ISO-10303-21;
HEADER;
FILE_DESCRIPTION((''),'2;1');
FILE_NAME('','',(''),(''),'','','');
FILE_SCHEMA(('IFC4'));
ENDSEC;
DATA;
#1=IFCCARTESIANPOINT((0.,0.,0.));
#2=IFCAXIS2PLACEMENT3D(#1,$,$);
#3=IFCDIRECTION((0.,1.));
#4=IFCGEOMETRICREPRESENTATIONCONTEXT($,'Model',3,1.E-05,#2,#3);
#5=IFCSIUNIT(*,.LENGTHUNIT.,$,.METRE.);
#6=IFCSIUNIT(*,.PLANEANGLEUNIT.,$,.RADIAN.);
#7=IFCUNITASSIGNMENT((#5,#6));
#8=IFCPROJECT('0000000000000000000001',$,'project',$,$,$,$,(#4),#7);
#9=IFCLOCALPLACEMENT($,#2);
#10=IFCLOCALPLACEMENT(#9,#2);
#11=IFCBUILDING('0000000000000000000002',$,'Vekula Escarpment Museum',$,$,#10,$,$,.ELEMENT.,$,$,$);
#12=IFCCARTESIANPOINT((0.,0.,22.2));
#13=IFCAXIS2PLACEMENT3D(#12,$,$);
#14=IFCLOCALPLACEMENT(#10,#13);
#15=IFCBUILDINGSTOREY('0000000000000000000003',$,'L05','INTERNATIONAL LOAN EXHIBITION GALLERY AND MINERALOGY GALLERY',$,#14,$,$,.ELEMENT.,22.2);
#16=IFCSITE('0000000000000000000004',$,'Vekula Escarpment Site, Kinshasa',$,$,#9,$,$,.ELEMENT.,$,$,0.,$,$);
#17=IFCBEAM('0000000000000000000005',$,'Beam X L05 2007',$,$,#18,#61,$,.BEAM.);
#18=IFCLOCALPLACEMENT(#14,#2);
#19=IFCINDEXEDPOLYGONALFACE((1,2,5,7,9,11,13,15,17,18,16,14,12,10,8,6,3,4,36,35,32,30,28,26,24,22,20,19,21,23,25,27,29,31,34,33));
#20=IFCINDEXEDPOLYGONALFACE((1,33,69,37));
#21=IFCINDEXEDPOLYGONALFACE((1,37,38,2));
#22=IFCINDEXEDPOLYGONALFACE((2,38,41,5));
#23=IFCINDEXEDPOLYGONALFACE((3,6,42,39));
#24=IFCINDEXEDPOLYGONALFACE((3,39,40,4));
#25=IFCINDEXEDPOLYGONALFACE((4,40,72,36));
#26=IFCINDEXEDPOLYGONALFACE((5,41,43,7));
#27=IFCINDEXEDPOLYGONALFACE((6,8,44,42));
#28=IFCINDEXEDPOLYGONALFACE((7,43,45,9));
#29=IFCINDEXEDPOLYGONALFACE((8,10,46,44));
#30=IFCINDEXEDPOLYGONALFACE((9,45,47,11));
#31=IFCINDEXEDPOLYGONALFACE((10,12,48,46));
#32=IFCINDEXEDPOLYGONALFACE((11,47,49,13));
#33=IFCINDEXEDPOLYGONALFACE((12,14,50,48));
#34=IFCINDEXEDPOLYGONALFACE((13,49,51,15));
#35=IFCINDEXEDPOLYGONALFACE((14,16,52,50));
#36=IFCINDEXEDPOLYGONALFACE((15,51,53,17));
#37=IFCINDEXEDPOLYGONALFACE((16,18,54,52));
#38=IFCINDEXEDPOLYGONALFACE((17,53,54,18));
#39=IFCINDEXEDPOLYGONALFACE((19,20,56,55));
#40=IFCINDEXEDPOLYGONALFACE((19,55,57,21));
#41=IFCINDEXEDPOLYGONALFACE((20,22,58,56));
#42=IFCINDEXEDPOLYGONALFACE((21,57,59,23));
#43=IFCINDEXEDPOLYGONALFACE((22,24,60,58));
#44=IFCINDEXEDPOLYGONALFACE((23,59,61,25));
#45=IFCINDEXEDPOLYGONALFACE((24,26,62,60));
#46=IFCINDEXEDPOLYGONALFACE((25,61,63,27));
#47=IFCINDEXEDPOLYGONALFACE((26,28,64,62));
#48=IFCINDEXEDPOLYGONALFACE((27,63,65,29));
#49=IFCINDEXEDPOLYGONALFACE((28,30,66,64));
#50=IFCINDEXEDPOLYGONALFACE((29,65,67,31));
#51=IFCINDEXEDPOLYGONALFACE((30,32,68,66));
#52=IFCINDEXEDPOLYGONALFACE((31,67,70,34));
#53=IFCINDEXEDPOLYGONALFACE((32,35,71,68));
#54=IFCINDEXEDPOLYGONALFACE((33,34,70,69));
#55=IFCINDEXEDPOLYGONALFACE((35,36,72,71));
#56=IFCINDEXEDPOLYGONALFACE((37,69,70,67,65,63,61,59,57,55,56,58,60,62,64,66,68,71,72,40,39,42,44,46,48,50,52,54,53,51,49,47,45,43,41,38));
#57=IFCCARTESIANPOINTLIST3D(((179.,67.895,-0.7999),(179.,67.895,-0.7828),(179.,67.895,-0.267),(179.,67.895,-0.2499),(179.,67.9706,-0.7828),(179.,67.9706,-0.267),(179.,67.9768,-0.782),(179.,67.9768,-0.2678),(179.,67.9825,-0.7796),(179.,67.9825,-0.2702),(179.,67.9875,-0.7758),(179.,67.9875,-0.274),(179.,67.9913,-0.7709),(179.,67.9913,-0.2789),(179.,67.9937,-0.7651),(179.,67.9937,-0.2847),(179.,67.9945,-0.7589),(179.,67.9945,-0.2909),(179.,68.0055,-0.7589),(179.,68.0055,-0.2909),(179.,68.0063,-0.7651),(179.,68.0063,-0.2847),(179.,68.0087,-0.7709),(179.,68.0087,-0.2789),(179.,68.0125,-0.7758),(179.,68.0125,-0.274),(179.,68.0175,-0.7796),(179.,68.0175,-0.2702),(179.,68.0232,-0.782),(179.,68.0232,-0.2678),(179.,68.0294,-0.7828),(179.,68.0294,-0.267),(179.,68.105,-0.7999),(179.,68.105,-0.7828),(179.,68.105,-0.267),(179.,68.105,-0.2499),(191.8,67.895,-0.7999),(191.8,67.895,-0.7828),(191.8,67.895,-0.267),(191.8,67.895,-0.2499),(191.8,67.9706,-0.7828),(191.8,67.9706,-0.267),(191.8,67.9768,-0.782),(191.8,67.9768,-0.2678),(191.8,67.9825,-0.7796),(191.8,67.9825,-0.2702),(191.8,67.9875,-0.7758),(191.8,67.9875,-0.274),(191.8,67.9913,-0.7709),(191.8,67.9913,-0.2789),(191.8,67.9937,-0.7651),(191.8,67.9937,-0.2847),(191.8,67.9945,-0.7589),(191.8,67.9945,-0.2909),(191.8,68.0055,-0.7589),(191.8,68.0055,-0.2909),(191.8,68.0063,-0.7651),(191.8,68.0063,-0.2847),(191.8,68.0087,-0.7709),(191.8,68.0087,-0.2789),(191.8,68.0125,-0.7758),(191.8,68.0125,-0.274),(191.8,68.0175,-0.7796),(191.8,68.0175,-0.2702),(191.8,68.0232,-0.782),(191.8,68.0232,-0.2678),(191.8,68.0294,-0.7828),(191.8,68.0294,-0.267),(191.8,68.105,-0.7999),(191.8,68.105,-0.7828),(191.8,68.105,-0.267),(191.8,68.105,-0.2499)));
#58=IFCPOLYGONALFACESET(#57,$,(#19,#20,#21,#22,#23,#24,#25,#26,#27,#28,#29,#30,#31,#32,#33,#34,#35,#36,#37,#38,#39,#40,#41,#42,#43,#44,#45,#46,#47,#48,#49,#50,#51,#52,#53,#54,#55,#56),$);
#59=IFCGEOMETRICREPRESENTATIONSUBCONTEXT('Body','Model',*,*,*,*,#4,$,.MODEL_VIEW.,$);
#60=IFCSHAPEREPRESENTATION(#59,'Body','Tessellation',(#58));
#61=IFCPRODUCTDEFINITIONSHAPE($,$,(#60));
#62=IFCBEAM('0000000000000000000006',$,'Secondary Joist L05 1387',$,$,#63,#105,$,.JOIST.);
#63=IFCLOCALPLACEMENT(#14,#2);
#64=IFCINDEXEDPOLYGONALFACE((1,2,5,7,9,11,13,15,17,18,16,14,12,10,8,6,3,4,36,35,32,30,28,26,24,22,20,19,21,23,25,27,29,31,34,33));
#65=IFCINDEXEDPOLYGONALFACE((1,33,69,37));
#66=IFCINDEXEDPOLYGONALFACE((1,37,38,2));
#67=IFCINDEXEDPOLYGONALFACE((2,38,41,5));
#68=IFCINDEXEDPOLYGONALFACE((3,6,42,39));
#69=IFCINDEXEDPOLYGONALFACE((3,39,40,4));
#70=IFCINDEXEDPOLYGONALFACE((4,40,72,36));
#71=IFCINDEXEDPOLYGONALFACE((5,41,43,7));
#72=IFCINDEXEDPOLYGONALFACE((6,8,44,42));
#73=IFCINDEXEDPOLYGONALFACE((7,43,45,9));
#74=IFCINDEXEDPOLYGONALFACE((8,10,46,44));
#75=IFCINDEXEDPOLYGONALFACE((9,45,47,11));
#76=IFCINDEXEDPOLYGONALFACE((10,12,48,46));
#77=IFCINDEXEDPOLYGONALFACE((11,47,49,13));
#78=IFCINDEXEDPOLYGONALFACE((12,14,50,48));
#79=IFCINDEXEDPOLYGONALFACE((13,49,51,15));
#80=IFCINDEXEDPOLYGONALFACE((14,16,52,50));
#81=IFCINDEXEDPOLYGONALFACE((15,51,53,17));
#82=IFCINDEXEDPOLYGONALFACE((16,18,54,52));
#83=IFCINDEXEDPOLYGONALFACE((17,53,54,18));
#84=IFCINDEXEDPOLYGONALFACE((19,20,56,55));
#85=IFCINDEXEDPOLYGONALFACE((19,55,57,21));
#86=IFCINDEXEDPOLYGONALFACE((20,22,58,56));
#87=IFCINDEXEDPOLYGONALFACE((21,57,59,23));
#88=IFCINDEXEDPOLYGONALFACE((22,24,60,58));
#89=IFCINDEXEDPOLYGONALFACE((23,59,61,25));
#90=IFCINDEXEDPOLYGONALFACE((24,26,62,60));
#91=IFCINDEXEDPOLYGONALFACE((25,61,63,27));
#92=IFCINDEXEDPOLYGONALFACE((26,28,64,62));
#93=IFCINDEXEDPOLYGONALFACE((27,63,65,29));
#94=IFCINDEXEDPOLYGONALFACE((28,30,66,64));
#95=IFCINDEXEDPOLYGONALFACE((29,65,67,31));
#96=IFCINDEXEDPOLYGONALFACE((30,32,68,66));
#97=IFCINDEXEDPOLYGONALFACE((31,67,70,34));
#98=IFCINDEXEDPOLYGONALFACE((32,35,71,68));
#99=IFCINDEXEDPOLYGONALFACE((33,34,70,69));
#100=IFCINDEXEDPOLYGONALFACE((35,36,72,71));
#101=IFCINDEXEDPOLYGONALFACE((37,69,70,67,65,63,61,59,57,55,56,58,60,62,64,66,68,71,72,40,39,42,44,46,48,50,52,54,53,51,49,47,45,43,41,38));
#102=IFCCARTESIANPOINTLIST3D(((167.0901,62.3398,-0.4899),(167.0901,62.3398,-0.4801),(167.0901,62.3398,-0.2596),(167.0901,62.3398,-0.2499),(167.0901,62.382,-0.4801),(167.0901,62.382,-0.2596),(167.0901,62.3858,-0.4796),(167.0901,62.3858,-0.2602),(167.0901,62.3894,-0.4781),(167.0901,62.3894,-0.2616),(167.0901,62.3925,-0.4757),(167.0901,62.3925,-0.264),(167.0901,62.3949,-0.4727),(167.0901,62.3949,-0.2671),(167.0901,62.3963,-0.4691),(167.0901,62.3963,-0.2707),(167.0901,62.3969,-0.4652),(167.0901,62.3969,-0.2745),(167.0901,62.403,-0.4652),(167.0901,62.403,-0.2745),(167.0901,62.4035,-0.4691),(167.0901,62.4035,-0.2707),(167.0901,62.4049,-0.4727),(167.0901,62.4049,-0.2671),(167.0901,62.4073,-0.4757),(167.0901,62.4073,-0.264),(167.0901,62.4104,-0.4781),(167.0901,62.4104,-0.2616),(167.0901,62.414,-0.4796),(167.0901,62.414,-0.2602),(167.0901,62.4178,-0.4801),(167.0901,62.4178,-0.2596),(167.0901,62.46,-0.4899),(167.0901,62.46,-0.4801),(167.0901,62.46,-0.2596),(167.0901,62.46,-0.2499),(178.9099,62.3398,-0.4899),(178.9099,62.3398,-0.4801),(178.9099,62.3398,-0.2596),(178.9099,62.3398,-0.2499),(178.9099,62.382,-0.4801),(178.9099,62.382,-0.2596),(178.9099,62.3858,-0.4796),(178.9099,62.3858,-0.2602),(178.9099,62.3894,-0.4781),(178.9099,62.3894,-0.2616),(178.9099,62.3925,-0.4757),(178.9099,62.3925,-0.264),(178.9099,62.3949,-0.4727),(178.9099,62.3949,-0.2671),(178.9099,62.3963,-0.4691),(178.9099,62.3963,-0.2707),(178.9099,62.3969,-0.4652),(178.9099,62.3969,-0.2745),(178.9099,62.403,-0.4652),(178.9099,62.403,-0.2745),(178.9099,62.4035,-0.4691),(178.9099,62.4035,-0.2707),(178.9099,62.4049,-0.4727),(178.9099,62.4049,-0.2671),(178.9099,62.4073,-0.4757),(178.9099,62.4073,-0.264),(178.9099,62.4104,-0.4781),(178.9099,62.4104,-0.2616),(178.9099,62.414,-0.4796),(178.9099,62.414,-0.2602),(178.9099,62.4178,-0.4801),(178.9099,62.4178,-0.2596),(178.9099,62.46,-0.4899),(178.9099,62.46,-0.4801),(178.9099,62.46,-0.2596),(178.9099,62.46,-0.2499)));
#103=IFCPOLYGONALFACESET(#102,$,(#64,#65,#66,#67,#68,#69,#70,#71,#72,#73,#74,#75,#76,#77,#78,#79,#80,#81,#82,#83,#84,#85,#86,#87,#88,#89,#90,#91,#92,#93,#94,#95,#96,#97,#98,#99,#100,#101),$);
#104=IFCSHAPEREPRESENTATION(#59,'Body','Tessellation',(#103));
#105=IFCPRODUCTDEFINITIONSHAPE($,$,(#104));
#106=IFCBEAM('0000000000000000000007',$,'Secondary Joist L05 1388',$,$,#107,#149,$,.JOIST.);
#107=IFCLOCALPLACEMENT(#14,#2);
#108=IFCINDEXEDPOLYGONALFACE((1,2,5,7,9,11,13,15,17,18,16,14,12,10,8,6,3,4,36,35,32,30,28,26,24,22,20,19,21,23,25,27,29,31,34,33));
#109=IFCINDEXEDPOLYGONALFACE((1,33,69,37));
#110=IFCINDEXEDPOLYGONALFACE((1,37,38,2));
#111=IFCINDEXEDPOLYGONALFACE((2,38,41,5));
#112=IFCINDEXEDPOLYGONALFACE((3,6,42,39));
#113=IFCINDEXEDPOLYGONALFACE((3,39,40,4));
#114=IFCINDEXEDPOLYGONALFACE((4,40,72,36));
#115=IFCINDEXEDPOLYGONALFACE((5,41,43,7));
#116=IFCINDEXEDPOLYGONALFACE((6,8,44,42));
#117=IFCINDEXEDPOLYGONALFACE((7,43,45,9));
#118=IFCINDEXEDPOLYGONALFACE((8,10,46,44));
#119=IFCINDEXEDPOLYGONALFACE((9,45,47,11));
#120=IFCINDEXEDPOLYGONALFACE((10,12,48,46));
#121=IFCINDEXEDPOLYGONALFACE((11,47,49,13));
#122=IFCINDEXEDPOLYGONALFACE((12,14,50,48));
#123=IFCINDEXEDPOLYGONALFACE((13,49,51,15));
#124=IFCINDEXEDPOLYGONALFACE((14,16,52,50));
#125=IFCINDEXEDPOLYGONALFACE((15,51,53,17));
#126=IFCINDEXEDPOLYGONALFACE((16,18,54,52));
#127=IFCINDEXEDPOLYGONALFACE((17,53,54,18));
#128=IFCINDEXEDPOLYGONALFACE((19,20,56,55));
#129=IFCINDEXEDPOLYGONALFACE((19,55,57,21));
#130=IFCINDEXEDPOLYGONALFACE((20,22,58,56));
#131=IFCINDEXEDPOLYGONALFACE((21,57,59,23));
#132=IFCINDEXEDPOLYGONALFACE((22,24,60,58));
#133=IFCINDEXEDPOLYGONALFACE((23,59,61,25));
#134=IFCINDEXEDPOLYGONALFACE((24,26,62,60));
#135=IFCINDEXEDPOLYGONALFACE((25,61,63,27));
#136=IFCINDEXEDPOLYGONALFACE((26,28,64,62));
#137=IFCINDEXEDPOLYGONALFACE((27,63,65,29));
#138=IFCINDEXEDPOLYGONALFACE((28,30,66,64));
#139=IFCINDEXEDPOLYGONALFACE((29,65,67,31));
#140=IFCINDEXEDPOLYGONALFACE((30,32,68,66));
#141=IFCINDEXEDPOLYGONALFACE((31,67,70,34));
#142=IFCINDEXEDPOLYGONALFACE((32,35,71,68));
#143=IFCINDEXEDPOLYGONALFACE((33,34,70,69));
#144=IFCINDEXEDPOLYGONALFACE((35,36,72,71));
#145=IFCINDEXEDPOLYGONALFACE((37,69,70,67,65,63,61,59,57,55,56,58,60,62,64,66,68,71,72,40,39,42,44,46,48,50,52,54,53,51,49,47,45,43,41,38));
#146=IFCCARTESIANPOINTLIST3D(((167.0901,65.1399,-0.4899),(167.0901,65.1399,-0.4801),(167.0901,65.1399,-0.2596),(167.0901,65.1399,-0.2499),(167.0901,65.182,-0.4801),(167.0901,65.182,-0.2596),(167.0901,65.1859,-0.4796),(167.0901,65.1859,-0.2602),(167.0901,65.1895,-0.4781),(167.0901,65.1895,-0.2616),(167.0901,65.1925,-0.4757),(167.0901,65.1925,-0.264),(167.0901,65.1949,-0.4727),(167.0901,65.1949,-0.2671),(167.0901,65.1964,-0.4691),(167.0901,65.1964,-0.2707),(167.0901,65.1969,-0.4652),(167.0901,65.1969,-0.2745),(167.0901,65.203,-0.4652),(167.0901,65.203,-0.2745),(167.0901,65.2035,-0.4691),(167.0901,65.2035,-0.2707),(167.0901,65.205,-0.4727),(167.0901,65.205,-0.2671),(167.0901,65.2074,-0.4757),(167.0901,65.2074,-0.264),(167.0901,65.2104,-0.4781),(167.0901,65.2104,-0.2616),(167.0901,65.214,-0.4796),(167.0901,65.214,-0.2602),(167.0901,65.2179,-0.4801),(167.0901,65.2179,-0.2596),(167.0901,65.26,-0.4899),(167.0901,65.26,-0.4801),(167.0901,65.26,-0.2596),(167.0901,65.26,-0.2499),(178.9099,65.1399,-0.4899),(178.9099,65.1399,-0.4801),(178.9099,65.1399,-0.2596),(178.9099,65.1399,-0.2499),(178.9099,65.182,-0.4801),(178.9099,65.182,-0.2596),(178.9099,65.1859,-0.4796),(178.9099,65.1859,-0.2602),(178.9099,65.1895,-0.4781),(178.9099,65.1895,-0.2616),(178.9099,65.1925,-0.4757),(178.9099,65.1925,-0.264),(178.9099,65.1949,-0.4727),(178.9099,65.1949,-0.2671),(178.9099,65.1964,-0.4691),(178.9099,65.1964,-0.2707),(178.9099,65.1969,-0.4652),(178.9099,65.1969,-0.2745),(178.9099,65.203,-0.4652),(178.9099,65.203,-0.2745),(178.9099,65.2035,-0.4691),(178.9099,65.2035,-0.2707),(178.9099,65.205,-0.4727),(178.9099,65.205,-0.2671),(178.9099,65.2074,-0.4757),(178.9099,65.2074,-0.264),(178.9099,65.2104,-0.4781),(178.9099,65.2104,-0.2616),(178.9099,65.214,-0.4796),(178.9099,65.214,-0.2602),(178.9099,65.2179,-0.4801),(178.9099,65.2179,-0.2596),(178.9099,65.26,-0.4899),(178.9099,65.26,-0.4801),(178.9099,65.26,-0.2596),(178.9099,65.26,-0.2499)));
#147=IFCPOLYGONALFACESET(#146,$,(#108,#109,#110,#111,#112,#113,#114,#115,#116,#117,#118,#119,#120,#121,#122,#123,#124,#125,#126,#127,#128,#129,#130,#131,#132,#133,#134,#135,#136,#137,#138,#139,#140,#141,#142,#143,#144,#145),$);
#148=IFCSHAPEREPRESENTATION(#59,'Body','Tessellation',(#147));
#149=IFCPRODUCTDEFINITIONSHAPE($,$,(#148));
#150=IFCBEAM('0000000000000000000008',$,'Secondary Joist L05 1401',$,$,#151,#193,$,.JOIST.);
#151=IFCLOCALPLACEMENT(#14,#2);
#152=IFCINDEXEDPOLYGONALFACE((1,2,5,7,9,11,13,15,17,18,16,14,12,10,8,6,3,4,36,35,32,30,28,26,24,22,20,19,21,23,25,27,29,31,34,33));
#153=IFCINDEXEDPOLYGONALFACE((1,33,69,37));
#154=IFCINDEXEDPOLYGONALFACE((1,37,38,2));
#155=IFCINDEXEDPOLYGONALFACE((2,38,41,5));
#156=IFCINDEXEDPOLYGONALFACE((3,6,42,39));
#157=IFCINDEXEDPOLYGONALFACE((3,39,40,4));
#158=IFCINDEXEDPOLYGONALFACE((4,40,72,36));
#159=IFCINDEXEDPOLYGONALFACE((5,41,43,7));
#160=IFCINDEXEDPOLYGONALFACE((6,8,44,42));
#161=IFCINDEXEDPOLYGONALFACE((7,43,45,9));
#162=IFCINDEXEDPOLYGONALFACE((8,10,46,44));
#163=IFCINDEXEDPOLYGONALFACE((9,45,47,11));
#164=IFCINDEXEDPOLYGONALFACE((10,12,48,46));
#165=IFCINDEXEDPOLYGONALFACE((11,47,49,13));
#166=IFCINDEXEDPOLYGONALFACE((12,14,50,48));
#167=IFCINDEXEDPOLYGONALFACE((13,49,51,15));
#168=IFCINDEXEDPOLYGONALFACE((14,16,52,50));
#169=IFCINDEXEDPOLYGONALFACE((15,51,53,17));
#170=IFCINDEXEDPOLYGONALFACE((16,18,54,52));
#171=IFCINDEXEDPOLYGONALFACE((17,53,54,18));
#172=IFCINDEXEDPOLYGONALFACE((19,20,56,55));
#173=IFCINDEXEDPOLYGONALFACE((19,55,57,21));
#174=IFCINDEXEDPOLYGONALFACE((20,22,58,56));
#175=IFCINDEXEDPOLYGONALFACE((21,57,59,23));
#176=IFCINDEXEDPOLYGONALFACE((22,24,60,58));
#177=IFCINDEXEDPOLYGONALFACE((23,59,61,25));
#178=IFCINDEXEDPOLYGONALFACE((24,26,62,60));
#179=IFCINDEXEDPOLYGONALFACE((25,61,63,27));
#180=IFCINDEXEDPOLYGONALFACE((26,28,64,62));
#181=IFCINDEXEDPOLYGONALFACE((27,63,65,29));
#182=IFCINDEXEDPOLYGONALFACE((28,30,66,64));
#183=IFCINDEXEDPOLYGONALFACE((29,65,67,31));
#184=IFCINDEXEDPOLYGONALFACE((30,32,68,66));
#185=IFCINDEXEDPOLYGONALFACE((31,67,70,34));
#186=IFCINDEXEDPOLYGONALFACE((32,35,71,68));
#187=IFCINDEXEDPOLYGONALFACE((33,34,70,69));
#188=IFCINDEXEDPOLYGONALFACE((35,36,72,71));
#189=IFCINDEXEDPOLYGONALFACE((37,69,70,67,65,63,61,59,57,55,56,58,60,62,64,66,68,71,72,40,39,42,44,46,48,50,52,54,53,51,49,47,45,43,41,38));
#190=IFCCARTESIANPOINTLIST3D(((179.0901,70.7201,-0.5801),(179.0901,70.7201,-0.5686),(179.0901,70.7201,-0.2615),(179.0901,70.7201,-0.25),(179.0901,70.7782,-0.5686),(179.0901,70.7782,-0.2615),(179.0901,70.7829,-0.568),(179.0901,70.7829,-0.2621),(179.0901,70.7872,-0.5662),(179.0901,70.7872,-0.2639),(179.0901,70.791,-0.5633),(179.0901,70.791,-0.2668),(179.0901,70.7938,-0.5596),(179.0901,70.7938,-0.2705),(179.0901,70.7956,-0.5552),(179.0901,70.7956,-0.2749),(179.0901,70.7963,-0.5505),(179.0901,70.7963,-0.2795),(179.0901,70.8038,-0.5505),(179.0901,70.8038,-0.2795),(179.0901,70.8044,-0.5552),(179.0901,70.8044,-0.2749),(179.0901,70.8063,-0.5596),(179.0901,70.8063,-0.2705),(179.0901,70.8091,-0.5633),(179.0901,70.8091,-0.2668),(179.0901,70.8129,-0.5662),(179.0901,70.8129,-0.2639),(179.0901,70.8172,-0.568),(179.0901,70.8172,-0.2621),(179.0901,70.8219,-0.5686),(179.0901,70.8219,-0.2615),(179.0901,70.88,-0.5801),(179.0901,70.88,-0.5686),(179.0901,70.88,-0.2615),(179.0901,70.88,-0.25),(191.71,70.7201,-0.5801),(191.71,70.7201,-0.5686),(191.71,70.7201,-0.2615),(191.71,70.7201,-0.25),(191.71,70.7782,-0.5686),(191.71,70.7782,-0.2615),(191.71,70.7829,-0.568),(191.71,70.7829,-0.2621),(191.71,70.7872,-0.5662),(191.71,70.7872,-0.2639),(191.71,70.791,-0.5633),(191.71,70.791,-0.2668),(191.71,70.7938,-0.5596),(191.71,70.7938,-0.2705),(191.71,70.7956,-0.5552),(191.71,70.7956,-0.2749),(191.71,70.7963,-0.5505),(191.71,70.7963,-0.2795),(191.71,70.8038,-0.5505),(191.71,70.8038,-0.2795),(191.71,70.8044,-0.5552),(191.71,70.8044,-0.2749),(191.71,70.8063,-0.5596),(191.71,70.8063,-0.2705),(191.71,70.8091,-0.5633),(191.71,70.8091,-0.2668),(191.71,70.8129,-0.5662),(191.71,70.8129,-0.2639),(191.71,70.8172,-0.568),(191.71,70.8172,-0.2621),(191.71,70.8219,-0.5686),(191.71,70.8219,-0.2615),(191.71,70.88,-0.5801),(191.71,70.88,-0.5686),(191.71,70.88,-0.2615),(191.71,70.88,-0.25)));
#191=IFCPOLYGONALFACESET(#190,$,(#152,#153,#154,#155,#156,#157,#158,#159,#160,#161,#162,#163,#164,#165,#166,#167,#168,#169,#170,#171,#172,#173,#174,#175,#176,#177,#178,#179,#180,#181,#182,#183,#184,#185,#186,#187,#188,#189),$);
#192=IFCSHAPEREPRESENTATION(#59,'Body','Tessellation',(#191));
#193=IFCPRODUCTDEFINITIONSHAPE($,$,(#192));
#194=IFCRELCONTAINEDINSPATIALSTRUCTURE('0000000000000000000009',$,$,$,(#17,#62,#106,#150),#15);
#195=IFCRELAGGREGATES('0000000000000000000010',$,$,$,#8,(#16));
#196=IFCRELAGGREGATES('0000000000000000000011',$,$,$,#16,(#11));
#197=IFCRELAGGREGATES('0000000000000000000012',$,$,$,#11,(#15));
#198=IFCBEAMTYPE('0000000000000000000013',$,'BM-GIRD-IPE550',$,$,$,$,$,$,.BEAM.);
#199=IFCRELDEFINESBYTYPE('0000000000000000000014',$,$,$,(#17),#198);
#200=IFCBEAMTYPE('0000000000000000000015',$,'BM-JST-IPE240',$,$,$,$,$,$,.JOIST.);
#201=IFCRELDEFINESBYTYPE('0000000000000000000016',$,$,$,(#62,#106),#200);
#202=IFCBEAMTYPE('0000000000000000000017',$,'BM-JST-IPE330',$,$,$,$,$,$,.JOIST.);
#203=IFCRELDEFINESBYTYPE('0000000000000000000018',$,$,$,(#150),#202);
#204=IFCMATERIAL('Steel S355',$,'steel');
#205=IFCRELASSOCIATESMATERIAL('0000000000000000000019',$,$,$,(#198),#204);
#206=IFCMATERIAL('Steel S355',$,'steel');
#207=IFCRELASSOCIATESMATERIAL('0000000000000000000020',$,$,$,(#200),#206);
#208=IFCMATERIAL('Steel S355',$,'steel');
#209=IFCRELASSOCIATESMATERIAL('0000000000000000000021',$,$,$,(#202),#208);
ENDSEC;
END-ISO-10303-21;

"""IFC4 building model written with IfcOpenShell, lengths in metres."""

from ifc_helpers import new_model, si_unit, direction, frame, origin, origin_2d, place, context, subcontext, project, spatial, i_section, extrude, material, material_profile, profile_set, type_object, element, save


model = new_model("IFC4")

# Units and contexts
model_context = context("Model", 3, precision=1e-05, world=origin(), true_north=direction((0.0, 1.0)))
body_context = subcontext(model_context, "Body", "Model", "MODEL_VIEW")
ifc_project = project(units=[si_unit("LENGTHUNIT", "METRE"), si_unit("PLANEANGLEUNIT", "RADIAN")], contexts=[model_context])

# Site, building, storey
site_placement = place(None, origin())
site = spatial("IfcSite", under=ifc_project, at=site_placement, Name="Vekula Escarpment Site, Kinshasa", CompositionType="ELEMENT", RefElevation=0.0)
building_placement = place(site_placement, origin())
building = spatial("IfcBuilding", under=site, at=building_placement, Name="Vekula Escarpment Museum", CompositionType="ELEMENT")
storey_placement = place(building_placement, frame((0.0, 0.0, 22.2)))
storey = spatial("IfcBuildingStorey", under=building, at=storey_placement, Name="L05", Description="INTERNATIONAL LOAN EXHIBITION GALLERY AND MINERALOGY GALLERY", CompositionType="ELEMENT", Elevation=22.2)

# Beams
ifc_material_1 = material(Name="Steel S355", Category="steel")
ifc_material_profile_1 = material_profile(ifc_material_1, i_section(OverallWidth=0.21, OverallDepth=0.55, WebThickness=0.011, FlangeThickness=0.0171, FilletRadius=0.0239, at=origin_2d()), Name="IPE 550")
ifc_profile_set_1 = profile_set([ifc_material_profile_1], Name="Steel S355")
beam_type_1 = type_object("IfcBeamType", Name="BM-GIRD-IPE550", PredefinedType="BEAM", material=ifc_profile_set_1)
for number, where, z_axis, x_axis, name in (
    (1, (179.0, 68.0, -0.5249), (1.0, 0.0, 0.0), (0.0, 1.0, 0.0), "Beam X L05 2007"),
):
    element("IfcBeam", number, at=place(storey_placement, frame(where, z_axis=z_axis, x_axis=x_axis)), inside=storey, type_object=beam_type_1, Name=name, PredefinedType="BEAM", context=body_context, shape_type="SweptSolid", body=[
        extrude(i_section(OverallWidth=0.21, OverallDepth=0.55, WebThickness=0.011, FlangeThickness=0.0171, FilletRadius=0.0239, at=origin_2d()), origin(), (0.0, 0.0, 1.0), 12.8),
    ])
ifc_material_2 = material(Name="Steel S355", Category="steel")
ifc_material_profile_2 = material_profile(ifc_material_2, i_section(OverallWidth=0.1201, OverallDepth=0.24, WebThickness=0.0061, FlangeThickness=0.0098, FilletRadius=0.0149, at=origin_2d()), Name="IPE 240")
ifc_profile_set_2 = profile_set([ifc_material_profile_2], Name="Steel S355")
beam_type_2 = type_object("IfcBeamType", Name="BM-JST-IPE240", PredefinedType="JOIST", material=ifc_profile_set_2)
for number, where, z_axis, x_axis, name in (
    (2, (167.0901, 62.3999, -0.3699), (1.0, 0.0, 0.0), (0.0, 1.0, 0.0), "Secondary Joist L05 1387"),
    (3, (167.0901, 65.2, -0.3699), (1.0, 0.0, 0.0), (0.0, 1.0, 0.0), "Secondary Joist L05 1388"),
):
    element("IfcBeam", number, at=place(storey_placement, frame(where, z_axis=z_axis, x_axis=x_axis)), inside=storey, type_object=beam_type_2, Name=name, PredefinedType="JOIST", context=body_context, shape_type="SweptSolid", body=[
        extrude(i_section(OverallWidth=0.1201, OverallDepth=0.24, WebThickness=0.0061, FlangeThickness=0.0098, FilletRadius=0.0149, at=origin_2d()), origin(), (0.0, 0.0, 1.0), 11.8198),
    ])
ifc_material_3 = material(Name="Steel S355", Category="steel")
ifc_material_profile_3 = material_profile(ifc_material_3, i_section(OverallWidth=0.1599, OverallDepth=0.3301, WebThickness=0.0076, FlangeThickness=0.0115, FilletRadius=0.0181, at=origin_2d()), Name="IPE 330")
ifc_profile_set_3 = profile_set([ifc_material_profile_3], Name="Steel S355")
beam_type_3 = type_object("IfcBeamType", Name="BM-JST-IPE330", PredefinedType="JOIST", material=ifc_profile_set_3)
for number, where, z_axis, x_axis, name in (
    (4, (179.0901, 70.8, -0.415), (1.0, 0.0, 0.0), (0.0, 1.0, 0.0), "Secondary Joist L05 1401"),
):
    element("IfcBeam", number, at=place(storey_placement, frame(where, z_axis=z_axis, x_axis=x_axis)), inside=storey, type_object=beam_type_3, Name=name, PredefinedType="JOIST", context=body_context, shape_type="SweptSolid", body=[
        extrude(i_section(OverallWidth=0.1599, OverallDepth=0.3301, WebThickness=0.0076, FlangeThickness=0.0115, FilletRadius=0.0181, at=origin_2d()), origin(), (0.0, 0.0, 1.0), 12.6199),
    ])

save(model, "model.ifc")
